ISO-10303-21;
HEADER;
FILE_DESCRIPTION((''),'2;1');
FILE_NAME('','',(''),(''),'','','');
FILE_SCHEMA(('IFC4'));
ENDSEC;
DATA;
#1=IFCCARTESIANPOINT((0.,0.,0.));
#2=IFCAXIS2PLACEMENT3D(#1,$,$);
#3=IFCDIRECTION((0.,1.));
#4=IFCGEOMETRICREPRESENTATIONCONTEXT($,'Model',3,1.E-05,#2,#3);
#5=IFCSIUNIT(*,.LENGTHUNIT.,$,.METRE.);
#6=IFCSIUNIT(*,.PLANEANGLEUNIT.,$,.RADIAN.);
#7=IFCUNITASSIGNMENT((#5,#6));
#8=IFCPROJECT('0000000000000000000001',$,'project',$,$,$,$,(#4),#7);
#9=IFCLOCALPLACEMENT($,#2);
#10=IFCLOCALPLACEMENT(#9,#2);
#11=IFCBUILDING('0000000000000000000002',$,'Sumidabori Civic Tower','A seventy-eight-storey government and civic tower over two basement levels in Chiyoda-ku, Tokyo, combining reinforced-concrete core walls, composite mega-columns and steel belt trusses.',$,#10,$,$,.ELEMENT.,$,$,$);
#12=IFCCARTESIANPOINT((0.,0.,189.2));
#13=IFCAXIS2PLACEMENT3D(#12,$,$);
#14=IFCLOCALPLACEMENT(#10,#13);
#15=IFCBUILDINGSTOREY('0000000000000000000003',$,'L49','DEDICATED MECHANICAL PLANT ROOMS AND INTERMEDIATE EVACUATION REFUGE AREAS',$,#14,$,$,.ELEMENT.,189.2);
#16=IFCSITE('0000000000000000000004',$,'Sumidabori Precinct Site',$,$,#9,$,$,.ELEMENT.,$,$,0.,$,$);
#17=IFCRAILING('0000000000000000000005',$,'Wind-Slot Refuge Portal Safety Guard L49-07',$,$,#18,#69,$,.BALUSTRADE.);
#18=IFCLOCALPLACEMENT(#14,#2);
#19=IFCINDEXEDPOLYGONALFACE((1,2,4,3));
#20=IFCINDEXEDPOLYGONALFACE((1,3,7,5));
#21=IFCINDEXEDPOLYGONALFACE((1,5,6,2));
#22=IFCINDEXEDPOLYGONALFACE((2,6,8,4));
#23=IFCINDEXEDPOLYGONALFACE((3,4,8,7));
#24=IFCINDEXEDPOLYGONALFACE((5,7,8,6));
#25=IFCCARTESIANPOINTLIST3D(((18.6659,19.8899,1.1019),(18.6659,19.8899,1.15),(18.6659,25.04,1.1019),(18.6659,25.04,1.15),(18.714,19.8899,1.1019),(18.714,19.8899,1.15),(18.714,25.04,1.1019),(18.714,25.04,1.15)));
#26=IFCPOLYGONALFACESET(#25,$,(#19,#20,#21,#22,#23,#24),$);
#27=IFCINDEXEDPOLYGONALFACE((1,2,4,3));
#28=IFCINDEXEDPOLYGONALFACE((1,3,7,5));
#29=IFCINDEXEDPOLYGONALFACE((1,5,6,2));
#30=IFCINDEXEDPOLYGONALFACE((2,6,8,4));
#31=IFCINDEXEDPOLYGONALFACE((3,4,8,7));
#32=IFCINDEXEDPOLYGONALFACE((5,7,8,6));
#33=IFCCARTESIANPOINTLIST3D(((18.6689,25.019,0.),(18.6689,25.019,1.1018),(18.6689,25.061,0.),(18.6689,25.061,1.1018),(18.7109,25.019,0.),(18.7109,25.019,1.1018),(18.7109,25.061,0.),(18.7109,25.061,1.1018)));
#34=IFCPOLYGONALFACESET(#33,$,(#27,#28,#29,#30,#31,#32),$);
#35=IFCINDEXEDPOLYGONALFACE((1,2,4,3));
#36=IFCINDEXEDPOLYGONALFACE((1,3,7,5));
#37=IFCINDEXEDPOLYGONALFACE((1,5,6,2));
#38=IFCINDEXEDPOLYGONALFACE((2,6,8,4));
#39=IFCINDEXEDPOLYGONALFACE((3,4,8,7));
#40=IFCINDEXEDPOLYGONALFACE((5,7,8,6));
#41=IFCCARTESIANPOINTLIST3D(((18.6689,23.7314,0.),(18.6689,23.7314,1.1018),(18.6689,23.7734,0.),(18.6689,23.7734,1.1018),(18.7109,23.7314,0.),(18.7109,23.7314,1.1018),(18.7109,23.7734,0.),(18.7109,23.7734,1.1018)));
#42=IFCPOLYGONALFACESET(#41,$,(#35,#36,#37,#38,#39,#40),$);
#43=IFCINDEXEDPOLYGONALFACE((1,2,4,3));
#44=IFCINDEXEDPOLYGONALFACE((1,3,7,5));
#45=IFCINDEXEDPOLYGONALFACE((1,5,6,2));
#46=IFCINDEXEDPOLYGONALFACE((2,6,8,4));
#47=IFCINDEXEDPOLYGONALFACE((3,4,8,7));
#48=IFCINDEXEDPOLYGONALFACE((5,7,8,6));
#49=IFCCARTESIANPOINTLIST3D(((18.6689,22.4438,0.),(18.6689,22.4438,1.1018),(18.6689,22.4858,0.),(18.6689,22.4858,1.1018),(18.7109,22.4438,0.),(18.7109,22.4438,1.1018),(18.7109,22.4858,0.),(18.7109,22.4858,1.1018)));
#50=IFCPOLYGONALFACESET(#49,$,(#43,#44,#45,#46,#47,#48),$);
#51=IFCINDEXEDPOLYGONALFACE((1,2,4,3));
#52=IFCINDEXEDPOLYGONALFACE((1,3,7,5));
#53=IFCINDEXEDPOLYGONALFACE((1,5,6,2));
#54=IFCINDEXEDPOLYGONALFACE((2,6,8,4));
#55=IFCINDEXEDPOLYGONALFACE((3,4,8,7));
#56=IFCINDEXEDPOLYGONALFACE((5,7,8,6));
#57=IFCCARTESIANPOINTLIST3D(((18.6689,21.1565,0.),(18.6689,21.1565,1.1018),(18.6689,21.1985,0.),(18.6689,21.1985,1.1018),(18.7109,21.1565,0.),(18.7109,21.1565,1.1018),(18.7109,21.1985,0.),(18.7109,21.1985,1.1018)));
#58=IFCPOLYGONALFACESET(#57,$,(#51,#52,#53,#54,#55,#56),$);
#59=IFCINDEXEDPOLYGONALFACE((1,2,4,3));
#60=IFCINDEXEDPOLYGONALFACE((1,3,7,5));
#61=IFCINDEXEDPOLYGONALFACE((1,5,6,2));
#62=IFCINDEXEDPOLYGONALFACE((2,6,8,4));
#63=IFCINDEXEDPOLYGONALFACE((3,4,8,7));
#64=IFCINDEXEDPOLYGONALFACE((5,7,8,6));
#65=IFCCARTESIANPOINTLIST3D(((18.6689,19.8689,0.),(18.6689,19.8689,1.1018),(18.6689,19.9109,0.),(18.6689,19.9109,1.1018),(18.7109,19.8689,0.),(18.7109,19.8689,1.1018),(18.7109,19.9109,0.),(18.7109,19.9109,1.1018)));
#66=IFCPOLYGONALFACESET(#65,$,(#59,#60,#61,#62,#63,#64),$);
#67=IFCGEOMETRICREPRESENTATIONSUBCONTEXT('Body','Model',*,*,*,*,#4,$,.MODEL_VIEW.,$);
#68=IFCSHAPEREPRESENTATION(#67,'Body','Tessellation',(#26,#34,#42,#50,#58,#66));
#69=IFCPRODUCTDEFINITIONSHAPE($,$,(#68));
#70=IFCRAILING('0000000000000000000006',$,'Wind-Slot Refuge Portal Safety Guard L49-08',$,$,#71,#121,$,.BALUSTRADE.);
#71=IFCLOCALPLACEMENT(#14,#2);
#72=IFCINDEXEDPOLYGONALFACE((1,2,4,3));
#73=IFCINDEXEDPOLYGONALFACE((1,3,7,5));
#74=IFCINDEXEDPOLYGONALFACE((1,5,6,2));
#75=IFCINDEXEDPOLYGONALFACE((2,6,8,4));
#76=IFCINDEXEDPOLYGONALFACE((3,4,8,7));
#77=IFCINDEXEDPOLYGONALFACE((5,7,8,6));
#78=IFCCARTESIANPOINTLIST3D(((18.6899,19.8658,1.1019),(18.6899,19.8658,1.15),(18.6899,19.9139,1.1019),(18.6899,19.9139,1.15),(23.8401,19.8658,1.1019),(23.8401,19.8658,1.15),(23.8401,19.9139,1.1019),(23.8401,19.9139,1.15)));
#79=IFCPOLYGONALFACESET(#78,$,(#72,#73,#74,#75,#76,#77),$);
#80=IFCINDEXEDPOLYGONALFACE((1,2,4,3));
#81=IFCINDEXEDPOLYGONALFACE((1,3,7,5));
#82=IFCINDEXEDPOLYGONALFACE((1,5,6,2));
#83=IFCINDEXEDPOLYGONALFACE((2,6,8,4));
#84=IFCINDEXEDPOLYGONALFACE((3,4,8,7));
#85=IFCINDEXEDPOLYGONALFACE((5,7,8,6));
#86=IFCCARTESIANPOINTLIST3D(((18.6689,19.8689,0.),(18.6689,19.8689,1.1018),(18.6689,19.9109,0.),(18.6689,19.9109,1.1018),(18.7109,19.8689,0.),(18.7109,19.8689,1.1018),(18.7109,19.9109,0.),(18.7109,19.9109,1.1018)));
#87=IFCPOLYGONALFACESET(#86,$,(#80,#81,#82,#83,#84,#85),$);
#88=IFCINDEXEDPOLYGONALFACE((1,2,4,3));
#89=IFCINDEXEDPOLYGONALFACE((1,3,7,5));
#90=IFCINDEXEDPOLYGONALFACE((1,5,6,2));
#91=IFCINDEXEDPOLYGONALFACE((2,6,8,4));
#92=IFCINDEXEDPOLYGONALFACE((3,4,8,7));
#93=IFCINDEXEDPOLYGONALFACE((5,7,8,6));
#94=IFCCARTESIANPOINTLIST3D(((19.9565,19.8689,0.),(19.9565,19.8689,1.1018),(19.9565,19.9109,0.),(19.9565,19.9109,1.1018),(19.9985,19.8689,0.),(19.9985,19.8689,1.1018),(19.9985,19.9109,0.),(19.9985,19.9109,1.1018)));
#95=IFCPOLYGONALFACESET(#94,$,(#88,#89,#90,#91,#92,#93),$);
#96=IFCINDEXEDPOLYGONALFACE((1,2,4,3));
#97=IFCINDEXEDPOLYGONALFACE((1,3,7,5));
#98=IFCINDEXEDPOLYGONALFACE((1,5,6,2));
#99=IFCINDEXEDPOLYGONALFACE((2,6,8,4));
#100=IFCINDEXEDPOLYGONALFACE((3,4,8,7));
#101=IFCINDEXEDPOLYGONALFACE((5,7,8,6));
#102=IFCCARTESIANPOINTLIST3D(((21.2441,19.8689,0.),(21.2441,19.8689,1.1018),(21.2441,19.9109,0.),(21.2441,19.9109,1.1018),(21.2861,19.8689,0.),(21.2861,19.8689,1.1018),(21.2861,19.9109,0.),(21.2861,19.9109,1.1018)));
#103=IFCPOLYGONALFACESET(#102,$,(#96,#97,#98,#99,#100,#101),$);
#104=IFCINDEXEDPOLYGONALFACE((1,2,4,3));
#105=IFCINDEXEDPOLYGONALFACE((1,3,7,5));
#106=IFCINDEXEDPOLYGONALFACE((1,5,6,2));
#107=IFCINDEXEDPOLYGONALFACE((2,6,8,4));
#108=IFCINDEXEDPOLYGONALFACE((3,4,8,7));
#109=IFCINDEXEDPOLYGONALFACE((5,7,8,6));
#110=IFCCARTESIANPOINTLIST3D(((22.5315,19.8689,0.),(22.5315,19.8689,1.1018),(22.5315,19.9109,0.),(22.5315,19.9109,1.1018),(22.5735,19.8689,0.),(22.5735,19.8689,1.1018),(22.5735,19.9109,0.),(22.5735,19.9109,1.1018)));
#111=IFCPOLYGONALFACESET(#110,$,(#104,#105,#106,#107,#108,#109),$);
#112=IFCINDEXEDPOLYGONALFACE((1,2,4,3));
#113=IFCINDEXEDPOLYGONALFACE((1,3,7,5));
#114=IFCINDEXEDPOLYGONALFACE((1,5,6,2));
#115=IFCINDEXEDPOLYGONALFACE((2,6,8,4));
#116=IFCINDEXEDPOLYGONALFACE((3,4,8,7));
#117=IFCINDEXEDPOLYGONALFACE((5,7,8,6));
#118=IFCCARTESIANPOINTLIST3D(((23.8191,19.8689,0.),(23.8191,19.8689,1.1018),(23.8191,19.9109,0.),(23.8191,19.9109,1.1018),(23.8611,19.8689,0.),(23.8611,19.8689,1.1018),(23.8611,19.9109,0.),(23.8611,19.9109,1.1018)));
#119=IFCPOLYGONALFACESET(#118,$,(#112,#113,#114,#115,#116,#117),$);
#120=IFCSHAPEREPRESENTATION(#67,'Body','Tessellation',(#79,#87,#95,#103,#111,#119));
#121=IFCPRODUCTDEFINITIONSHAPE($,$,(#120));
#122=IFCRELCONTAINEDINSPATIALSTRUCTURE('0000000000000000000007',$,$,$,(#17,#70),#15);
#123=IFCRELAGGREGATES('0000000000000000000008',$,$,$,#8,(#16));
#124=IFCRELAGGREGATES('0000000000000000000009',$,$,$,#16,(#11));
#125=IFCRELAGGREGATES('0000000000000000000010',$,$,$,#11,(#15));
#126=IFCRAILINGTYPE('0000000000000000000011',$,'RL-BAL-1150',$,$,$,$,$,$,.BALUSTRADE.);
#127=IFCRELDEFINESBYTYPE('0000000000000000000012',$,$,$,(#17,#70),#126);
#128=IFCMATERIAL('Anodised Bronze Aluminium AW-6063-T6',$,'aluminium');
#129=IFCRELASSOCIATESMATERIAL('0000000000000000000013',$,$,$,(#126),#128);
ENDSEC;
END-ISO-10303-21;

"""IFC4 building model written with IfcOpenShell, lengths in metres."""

from ifc_helpers import new_model, si_unit, direction, frame, origin, origin_2d, place, context, subcontext, project, spatial, rectangle, extrude, material, type_object, element, save


model = new_model("IFC4")

# Units and contexts
model_context = context("Model", 3, precision=1e-05, world=origin(), true_north=direction((0.0, 1.0)))
body_context = subcontext(model_context, "Body", "Model", "MODEL_VIEW")
ifc_project = project(units=[si_unit("LENGTHUNIT", "METRE"), si_unit("PLANEANGLEUNIT", "RADIAN")], contexts=[model_context])

# Site, building, storey
site_placement = place(None, origin())
site = spatial("IfcSite", under=ifc_project, at=site_placement, Name="Sumidabori Precinct Site", CompositionType="ELEMENT", RefElevation=0.0)
building_placement = place(site_placement, origin())
building = spatial("IfcBuilding", under=site, at=building_placement, Name="Sumidabori Civic Tower", Description="A seventy-eight-storey government and civic tower over two basement levels in Chiyoda-ku, Tokyo, combining reinforced-concrete core walls, composite mega-columns and steel belt trusses.", CompositionType="ELEMENT")
storey_placement = place(building_placement, frame((0.0, 0.0, 189.2)))
storey = spatial("IfcBuildingStorey", under=building, at=storey_placement, Name="L49", Description="DEDICATED MECHANICAL PLANT ROOMS AND INTERMEDIATE EVACUATION REFUGE AREAS", CompositionType="ELEMENT", Elevation=189.2)

# Railings
ifc_material_1 = material(Name="Anodised Bronze Aluminium AW-6063-T6", Category="aluminium")
railing_type = type_object("IfcRailingType", Name="RL-BAL-1150", PredefinedType="BALUSTRADE", material=ifc_material_1)
railing_1_placement = place(storey_placement, frame((18.6899, 25.04, 0.0)))
element("IfcRailing", 1, at=railing_1_placement, inside=storey, type_object=railing_type, Name="Wind-Slot Refuge Portal Safety Guard L49-07", PredefinedType="BALUSTRADE", context=body_context, shape_type="SweptSolid", body=[
    extrude(rectangle(XDim=0.0481, YDim=0.0481, at=origin_2d()), frame((0.0, 0.0, 1.126), z_axis=(0.0, -1.0, 0.0), x_axis=(1.0, 0.0, 0.0)), (0.0, 0.0, 1.0), 5.1501),
    extrude(rectangle(XDim=0.042, YDim=0.042, at=origin_2d()), origin(), (0.0, 0.0, 1.0), 1.1018),
    extrude(rectangle(XDim=0.042, YDim=0.042, at=origin_2d()), frame((0.0, -1.2876, 0.0)), (0.0, 0.0, 1.0), 1.1018),
    extrude(rectangle(XDim=0.042, YDim=0.042, at=origin_2d()), frame((0.0, -2.5752, 0.0)), (0.0, 0.0, 1.0), 1.1018),
    extrude(rectangle(XDim=0.042, YDim=0.042, at=origin_2d()), frame((0.0, -3.8625, 0.0)), (0.0, 0.0, 1.0), 1.1018),
    extrude(rectangle(XDim=0.042, YDim=0.042, at=origin_2d()), frame((0.0, -5.1501, 0.0)), (0.0, 0.0, 1.0), 1.1018),
])
railing_2_placement = place(storey_placement, frame((18.6899, 19.8899, 0.0)))
element("IfcRailing", 2, at=railing_2_placement, inside=storey, type_object=railing_type, Name="Wind-Slot Refuge Portal Safety Guard L49-08", PredefinedType="BALUSTRADE", context=body_context, shape_type="SweptSolid", body=[
    extrude(rectangle(XDim=0.0481, YDim=0.0481, at=origin_2d()), frame((0.0, 0.0, 1.126), z_axis=(1.0, 0.0, 0.0), x_axis=(0.0, 1.0, 0.0)), (0.0, 0.0, 1.0), 5.1501),
    extrude(rectangle(XDim=0.042, YDim=0.042, at=origin_2d()), origin(), (0.0, 0.0, 1.0), 1.1018),
    extrude(rectangle(XDim=0.042, YDim=0.042, at=origin_2d()), frame((1.2876, 0.0, 0.0)), (0.0, 0.0, 1.0), 1.1018),
    extrude(rectangle(XDim=0.042, YDim=0.042, at=origin_2d()), frame((2.5752, 0.0, 0.0)), (0.0, 0.0, 1.0), 1.1018),
    extrude(rectangle(XDim=0.042, YDim=0.042, at=origin_2d()), frame((3.8625, 0.0, 0.0)), (0.0, 0.0, 1.0), 1.1018),
    extrude(rectangle(XDim=0.042, YDim=0.042, at=origin_2d()), frame((5.1501, 0.0, 0.0)), (0.0, 0.0, 1.0), 1.1018),
])

save(model, "model.ifc")
